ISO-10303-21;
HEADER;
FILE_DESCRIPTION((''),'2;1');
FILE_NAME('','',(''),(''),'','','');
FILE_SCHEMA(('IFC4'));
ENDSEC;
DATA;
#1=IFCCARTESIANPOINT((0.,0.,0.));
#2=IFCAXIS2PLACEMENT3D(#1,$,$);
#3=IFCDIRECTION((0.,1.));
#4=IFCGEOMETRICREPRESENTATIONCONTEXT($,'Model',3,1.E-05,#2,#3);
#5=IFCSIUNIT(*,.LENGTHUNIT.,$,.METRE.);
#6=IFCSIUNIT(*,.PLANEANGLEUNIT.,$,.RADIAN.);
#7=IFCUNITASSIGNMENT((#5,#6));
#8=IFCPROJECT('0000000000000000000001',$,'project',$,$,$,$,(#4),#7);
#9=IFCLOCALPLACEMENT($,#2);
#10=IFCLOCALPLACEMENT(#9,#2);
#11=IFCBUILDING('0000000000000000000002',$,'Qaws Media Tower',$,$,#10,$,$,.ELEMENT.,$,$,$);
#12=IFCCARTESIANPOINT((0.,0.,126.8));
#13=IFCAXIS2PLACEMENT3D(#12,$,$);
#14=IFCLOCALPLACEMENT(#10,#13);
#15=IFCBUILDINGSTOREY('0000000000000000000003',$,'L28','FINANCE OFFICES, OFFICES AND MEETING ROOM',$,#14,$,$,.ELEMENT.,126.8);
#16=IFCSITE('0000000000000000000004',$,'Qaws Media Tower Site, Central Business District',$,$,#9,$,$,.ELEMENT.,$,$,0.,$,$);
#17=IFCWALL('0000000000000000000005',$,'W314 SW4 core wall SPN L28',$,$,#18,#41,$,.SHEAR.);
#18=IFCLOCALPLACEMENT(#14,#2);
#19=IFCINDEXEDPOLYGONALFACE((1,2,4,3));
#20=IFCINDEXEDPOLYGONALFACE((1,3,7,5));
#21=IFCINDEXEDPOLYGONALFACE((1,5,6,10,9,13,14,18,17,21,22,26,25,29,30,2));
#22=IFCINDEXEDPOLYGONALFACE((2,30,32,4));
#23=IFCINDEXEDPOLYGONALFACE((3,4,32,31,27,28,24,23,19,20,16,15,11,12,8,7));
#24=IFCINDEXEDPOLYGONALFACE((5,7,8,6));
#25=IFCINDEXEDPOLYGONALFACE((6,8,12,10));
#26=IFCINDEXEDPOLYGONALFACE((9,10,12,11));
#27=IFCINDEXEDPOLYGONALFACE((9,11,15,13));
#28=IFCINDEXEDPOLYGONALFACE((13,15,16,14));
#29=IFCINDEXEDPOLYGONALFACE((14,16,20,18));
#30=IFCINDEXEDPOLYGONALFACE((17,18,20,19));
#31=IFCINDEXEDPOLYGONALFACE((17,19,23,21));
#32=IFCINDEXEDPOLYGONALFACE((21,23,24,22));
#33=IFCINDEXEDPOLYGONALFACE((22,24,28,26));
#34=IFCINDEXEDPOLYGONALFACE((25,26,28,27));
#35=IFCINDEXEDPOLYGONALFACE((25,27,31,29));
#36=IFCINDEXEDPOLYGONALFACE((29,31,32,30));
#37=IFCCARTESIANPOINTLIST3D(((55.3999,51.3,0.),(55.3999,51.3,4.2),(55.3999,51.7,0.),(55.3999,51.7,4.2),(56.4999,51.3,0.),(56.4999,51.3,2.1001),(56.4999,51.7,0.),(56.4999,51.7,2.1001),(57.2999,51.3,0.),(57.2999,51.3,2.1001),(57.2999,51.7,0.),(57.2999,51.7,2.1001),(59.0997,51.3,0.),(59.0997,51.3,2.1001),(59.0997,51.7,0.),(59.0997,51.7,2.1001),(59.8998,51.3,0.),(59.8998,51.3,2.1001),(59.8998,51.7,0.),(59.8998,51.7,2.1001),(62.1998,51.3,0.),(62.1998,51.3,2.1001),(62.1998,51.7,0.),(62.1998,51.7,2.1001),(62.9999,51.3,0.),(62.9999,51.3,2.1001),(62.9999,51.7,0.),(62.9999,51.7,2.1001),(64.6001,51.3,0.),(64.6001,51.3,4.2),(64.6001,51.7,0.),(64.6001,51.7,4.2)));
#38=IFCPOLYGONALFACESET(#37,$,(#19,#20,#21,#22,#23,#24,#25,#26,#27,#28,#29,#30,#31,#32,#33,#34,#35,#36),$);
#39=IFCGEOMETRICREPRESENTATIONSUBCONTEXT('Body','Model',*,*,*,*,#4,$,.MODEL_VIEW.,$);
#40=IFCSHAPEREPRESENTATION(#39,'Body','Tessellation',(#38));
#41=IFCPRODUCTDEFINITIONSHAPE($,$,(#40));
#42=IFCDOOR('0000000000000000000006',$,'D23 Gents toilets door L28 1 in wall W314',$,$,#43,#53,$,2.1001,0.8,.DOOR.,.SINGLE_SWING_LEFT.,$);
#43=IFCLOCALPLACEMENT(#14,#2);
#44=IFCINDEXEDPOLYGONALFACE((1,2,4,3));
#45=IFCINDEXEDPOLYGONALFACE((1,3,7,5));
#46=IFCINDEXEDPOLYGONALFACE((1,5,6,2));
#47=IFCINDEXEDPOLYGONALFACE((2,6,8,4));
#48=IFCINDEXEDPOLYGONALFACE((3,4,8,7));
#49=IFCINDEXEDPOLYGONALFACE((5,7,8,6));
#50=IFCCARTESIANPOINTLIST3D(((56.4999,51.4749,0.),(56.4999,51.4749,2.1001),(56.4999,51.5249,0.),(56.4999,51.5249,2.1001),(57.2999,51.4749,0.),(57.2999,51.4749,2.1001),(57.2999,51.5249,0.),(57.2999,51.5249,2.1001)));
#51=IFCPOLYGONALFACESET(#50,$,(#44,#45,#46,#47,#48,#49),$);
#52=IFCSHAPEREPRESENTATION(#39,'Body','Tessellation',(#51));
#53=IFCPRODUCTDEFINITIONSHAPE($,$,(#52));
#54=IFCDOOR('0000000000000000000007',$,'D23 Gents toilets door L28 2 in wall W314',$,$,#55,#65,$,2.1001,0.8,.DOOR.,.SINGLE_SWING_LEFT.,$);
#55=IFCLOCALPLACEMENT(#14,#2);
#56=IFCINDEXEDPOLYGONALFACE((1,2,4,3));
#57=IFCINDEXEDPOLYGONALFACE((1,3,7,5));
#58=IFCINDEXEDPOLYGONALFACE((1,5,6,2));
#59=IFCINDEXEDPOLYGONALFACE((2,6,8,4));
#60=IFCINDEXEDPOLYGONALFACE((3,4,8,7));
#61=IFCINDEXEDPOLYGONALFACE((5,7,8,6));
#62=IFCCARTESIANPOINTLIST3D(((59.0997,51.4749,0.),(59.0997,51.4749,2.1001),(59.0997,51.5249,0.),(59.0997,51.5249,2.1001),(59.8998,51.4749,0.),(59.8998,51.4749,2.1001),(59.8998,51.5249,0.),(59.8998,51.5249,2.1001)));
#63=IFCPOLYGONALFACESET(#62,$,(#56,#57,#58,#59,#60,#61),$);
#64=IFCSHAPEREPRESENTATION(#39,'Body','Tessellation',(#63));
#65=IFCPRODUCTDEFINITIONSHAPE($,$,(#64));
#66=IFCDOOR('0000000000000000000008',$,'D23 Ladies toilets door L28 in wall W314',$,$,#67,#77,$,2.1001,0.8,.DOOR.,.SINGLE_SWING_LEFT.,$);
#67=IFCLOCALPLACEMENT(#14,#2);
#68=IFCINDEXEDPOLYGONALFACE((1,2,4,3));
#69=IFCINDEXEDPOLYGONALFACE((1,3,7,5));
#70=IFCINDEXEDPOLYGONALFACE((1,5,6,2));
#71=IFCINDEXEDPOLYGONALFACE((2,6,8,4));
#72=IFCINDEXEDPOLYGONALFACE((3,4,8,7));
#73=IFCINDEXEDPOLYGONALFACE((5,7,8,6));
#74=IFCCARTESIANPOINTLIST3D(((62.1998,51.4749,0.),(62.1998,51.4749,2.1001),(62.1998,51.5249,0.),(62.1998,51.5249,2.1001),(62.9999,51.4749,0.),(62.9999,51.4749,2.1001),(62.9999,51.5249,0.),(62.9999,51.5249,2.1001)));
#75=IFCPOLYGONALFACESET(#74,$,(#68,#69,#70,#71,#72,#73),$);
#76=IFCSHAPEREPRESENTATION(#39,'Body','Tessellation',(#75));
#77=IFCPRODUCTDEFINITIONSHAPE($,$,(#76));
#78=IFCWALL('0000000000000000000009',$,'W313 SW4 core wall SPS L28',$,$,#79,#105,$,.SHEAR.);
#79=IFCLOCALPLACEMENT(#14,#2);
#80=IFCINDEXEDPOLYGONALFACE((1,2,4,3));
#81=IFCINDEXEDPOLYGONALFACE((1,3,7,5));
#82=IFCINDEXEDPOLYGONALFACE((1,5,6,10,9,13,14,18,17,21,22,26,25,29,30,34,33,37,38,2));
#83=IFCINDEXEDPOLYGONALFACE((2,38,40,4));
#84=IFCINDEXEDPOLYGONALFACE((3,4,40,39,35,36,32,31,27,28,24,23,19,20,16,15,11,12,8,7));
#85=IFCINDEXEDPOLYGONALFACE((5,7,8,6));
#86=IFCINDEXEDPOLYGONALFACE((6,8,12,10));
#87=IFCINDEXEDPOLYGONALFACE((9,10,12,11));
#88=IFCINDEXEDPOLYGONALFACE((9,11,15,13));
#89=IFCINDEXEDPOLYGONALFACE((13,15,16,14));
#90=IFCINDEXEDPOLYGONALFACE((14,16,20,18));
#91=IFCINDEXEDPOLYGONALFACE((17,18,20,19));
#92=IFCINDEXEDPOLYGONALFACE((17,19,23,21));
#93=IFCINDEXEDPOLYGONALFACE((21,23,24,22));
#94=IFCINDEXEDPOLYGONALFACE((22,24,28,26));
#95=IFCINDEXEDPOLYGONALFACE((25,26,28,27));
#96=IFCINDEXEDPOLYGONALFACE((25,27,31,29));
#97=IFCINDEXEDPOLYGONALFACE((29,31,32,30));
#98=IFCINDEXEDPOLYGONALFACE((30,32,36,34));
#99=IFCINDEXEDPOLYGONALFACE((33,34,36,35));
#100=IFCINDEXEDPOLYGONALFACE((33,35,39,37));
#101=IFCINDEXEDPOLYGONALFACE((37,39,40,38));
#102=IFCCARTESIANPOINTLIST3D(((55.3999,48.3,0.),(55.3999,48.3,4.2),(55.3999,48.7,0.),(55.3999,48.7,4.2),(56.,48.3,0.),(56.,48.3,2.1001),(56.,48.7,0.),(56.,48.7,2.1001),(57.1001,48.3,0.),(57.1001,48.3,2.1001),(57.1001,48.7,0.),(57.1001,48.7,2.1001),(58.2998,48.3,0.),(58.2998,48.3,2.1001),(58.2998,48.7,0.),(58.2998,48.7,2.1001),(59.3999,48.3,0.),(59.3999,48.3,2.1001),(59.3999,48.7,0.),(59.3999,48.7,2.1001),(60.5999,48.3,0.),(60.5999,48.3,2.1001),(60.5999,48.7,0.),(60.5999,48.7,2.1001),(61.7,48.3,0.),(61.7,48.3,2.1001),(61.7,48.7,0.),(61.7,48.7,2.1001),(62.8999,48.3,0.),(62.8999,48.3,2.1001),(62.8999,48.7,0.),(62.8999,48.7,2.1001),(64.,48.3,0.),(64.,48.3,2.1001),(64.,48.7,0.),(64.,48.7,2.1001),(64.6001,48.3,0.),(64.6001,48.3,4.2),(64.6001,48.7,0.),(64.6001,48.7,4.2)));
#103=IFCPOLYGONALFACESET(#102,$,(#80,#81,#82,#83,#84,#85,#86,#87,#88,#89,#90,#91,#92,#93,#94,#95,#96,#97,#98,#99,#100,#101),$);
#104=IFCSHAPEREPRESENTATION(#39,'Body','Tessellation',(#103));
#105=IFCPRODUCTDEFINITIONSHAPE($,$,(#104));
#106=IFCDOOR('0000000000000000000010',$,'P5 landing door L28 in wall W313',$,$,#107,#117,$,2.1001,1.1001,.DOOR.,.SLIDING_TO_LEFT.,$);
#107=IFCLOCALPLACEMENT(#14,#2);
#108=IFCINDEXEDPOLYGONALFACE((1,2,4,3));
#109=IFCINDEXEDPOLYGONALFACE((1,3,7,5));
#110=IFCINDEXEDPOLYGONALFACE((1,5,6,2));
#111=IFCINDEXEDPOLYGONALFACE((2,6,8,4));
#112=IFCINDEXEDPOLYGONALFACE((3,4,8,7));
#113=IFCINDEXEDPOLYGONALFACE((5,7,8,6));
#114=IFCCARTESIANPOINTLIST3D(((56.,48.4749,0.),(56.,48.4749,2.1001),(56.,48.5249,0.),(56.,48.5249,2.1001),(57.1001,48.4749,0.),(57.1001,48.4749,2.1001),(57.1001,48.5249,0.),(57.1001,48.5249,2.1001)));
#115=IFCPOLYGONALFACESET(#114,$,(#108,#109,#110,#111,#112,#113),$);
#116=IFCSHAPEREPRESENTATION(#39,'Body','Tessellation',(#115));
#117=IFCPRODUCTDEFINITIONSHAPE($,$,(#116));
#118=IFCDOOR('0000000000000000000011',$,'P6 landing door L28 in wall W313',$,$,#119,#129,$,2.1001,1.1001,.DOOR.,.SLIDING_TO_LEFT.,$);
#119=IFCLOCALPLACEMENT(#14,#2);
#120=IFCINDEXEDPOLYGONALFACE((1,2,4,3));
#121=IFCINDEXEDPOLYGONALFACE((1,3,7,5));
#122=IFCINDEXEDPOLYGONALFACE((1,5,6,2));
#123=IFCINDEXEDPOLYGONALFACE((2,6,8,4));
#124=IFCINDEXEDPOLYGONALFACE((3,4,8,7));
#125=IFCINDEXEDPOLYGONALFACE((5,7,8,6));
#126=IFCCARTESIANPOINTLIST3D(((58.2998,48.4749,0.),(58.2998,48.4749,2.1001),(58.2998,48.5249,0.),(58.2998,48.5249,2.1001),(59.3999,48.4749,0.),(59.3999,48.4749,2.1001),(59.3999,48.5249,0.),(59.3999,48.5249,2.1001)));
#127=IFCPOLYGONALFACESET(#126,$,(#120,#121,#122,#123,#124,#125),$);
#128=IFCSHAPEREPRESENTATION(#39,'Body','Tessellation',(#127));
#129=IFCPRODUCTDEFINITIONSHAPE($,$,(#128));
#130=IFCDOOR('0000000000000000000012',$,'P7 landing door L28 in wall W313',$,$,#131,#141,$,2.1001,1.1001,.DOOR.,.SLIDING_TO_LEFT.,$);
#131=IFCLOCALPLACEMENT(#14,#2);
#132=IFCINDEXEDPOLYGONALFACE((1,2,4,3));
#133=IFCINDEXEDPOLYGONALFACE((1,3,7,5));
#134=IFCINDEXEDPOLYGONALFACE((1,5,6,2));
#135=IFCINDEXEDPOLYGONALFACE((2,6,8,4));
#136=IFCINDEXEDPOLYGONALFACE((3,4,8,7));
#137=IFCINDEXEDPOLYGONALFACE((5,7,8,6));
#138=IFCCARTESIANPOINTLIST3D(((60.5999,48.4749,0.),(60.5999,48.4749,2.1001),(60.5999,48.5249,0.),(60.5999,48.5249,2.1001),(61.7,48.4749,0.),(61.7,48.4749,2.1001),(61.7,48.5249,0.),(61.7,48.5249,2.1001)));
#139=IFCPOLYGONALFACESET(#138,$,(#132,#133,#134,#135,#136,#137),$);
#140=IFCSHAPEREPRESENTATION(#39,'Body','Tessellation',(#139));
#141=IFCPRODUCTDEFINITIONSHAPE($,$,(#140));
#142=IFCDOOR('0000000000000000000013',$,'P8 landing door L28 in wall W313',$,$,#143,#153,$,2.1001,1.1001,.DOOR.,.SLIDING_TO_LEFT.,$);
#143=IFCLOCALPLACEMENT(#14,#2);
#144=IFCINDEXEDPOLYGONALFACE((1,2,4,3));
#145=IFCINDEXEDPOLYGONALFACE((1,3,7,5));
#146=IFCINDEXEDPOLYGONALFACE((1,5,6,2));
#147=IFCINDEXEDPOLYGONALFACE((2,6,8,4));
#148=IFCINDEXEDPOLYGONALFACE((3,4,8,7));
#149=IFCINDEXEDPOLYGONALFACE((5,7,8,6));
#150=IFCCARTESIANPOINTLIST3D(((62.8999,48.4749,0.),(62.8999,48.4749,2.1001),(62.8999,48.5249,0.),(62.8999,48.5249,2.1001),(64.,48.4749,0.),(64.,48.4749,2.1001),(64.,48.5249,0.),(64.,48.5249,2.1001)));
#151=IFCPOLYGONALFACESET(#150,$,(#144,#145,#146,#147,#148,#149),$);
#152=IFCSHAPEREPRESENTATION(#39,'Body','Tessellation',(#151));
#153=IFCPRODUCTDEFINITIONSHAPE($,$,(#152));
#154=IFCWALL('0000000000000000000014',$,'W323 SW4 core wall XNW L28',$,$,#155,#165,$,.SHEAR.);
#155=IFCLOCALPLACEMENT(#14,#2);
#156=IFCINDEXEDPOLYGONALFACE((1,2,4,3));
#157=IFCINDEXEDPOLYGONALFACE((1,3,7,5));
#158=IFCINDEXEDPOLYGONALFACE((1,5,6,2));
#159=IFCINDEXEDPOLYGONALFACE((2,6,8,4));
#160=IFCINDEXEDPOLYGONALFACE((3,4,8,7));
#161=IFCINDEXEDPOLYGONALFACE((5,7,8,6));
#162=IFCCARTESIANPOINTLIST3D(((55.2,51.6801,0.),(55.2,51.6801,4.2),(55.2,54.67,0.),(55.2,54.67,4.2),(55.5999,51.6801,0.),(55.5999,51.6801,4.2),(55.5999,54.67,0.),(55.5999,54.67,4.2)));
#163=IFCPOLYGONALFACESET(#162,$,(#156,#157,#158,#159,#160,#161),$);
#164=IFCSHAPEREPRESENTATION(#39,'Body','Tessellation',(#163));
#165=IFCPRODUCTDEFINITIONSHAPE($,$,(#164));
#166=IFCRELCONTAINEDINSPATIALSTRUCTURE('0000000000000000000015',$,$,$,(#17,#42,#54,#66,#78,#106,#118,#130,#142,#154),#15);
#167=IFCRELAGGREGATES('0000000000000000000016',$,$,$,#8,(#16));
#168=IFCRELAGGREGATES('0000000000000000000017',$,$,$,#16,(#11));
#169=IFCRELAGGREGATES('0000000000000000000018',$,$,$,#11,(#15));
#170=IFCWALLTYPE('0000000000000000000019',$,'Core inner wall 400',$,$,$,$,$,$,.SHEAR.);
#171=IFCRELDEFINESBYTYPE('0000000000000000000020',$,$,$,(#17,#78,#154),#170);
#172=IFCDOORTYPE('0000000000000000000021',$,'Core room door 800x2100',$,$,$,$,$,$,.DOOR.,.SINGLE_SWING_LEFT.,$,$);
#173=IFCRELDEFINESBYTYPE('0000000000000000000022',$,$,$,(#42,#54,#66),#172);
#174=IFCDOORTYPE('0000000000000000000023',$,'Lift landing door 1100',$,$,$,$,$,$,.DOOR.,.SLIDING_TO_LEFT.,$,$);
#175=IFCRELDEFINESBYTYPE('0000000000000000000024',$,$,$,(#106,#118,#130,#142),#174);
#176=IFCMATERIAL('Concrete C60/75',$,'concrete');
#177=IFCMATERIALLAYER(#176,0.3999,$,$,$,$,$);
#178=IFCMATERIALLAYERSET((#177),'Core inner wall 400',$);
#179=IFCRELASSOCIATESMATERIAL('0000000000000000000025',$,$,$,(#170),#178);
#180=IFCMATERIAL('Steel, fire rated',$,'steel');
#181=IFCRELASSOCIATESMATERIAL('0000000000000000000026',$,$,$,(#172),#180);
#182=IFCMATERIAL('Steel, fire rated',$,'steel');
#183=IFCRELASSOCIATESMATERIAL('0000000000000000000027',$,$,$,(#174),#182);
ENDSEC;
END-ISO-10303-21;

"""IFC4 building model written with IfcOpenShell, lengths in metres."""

from ifc_helpers import new_model, si_unit, direction, frame, frame_2d, origin, place, context, subcontext, project, spatial, rectangle, extrude, material, layer, layer_set, type_object, element, fill, save


model = new_model("IFC4")

# Units and contexts
model_context = context("Model", 3, precision=1e-05, world=origin(), true_north=direction((0.0, 1.0)))
body_context = subcontext(model_context, "Body", "Model", "MODEL_VIEW")
ifc_project = project(units=[si_unit("LENGTHUNIT", "METRE"), si_unit("PLANEANGLEUNIT", "RADIAN")], contexts=[model_context])

# Site, building, storey
site_placement = place(None, origin())
site = spatial("IfcSite", under=ifc_project, at=site_placement, Name="Qaws Media Tower Site, Central Business District", CompositionType="ELEMENT", RefElevation=0.0)
building_placement = place(site_placement, origin())
building = spatial("IfcBuilding", under=site, at=building_placement, Name="Qaws Media Tower", CompositionType="ELEMENT")
storey_placement = place(building_placement, frame((0.0, 0.0, 126.8)))
storey = spatial("IfcBuildingStorey", under=building, at=storey_placement, Name="L28", Description="FINANCE OFFICES, OFFICES AND MEETING ROOM", CompositionType="ELEMENT", Elevation=126.8)

# Walls, openings, doors
ifc_material_1 = material(Name="Concrete C60/75", Category="concrete")
ifc_layer_1 = layer(ifc_material_1, 0.3999)
ifc_layer_set_1 = layer_set([ifc_layer_1], Name="Core inner wall 400")
wall_type_1 = type_object("IfcWallType", Name="Core inner wall 400", PredefinedType="SHEAR", material=ifc_layer_set_1)
wall_1_placement = place(storey_placement, frame((55.3999, 51.5, 0.0), z_axis=(0.0, 0.0, 1.0), x_axis=(1.0, 0.0, 0.0)))
wall_1 = element("IfcWall", 1, at=wall_1_placement, inside=storey, type_object=wall_type_1, Name="W314 SW4 core wall SPN L28", PredefinedType="SHEAR", context=body_context, shape_type="SweptSolid", body=[
    extrude(rectangle(XDim=9.2002, YDim=0.3999, at=frame_2d((4.6001, 0.0))), origin(), (0.0, 0.0, 1.0), 4.2),
])
opening_1_placement = place(wall_1_placement, frame((1.1001, 0.0, 0.0)))
opening_1 = element("IfcOpeningElement", 2, at=opening_1_placement, cuts=wall_1, PredefinedType="OPENING", context=body_context, shape_type="SweptSolid", body=[
    extrude(rectangle(XDim=0.8, YDim=2.1001, at=frame_2d((0.3999, 1.05))), frame((0.0, 0.21, 0.0), z_axis=(0.0, -1.0, 0.0), x_axis=(1.0, 0.0, 0.0)), (0.0, 0.0, 1.0), 0.4199),
])
opening_2_placement = place(wall_1_placement, frame((3.7, 0.0, 0.0)))
opening_2 = element("IfcOpeningElement", 3, at=opening_2_placement, cuts=wall_1, PredefinedType="OPENING", context=body_context, shape_type="SweptSolid", body=[
    extrude(rectangle(XDim=0.8, YDim=2.1001, at=frame_2d((0.3999, 1.05))), frame((0.0, 0.21, 0.0), z_axis=(0.0, -1.0, 0.0), x_axis=(1.0, 0.0, 0.0)), (0.0, 0.0, 1.0), 0.4199),
])
opening_3_placement = place(wall_1_placement, frame((6.8, 0.0, 0.0)))
opening_3 = element("IfcOpeningElement", 4, at=opening_3_placement, cuts=wall_1, PredefinedType="OPENING", context=body_context, shape_type="SweptSolid", body=[
    extrude(rectangle(XDim=0.8, YDim=2.1001, at=frame_2d((0.3999, 1.05))), frame((0.0, 0.21, 0.0), z_axis=(0.0, -1.0, 0.0), x_axis=(1.0, 0.0, 0.0)), (0.0, 0.0, 1.0), 0.4199),
])
ifc_material_2 = material(Name="Steel, fire rated", Category="steel")
door_type_1 = type_object("IfcDoorType", Name="Core room door 800x2100", OperationType="SINGLE_SWING_LEFT", PredefinedType="DOOR", material=ifc_material_2)
door_1_placement = place(opening_1_placement, origin())
door_1 = element("IfcDoor", 5, at=door_1_placement, inside=storey, type_object=door_type_1, Name="D23 Gents toilets door L28 1 in wall W314", OperationType="SINGLE_SWING_LEFT", OverallHeight=2.1001, OverallWidth=0.8, PredefinedType="DOOR", context=body_context, shape_type="SweptSolid", body=[
    extrude(rectangle(XDim=0.8, YDim=2.1001, at=frame_2d((0.3999, 1.05))), frame((0.0, 0.0249, 0.0), z_axis=(0.0, -1.0, 0.0), x_axis=(1.0, 0.0, 0.0)), (0.0, 0.0, 1.0), 0.05),
])
fill(opening_1, door_1)
door_2_placement = place(opening_2_placement, origin())
door_2 = element("IfcDoor", 6, at=door_2_placement, inside=storey, type_object=door_type_1, Name="D23 Gents toilets door L28 2 in wall W314", OperationType="SINGLE_SWING_LEFT", OverallHeight=2.1001, OverallWidth=0.8, PredefinedType="DOOR", context=body_context, shape_type="SweptSolid", body=[
    extrude(rectangle(XDim=0.8, YDim=2.1001, at=frame_2d((0.3999, 1.05))), frame((0.0, 0.0249, 0.0), z_axis=(0.0, -1.0, 0.0), x_axis=(1.0, 0.0, 0.0)), (0.0, 0.0, 1.0), 0.05),
])
fill(opening_2, door_2)
door_3_placement = place(opening_3_placement, origin())
door_3 = element("IfcDoor", 7, at=door_3_placement, inside=storey, type_object=door_type_1, Name="D23 Ladies toilets door L28 in wall W314", OperationType="SINGLE_SWING_LEFT", OverallHeight=2.1001, OverallWidth=0.8, PredefinedType="DOOR", context=body_context, shape_type="SweptSolid", body=[
    extrude(rectangle(XDim=0.8, YDim=2.1001, at=frame_2d((0.3999, 1.05))), frame((0.0, 0.0249, 0.0), z_axis=(0.0, -1.0, 0.0), x_axis=(1.0, 0.0, 0.0)), (0.0, 0.0, 1.0), 0.05),
])
fill(opening_3, door_3)
wall_2_placement = place(storey_placement, frame((55.3999, 48.5, 0.0), z_axis=(0.0, 0.0, 1.0), x_axis=(1.0, 0.0, 0.0)))
wall_2 = element("IfcWall", 8, at=wall_2_placement, inside=storey, type_object=wall_type_1, Name="W313 SW4 core wall SPS L28", PredefinedType="SHEAR", context=body_context, shape_type="SweptSolid", body=[
    extrude(rectangle(XDim=9.2002, YDim=0.3999, at=frame_2d((4.6001, 0.0))), origin(), (0.0, 0.0, 1.0), 4.2),
])
opening_4_placement = place(wall_2_placement, frame((0.6001, 0.0, 0.0)))
opening_4 = element("IfcOpeningElement", 9, at=opening_4_placement, cuts=wall_2, PredefinedType="OPENING", context=body_context, shape_type="SweptSolid", body=[
    extrude(rectangle(XDim=1.1001, YDim=2.1001, at=frame_2d((0.55, 1.05))), frame((0.0, 0.21, 0.0), z_axis=(0.0, -1.0, 0.0), x_axis=(1.0, 0.0, 0.0)), (0.0, 0.0, 1.0), 0.4199),
])
opening_5_placement = place(wall_2_placement, frame((2.8999, 0.0, 0.0)))
opening_5 = element("IfcOpeningElement", 10, at=opening_5_placement, cuts=wall_2, PredefinedType="OPENING", context=body_context, shape_type="SweptSolid", body=[
    extrude(rectangle(XDim=1.1001, YDim=2.1001, at=frame_2d((0.55, 1.05))), frame((0.0, 0.21, 0.0), z_axis=(0.0, -1.0, 0.0), x_axis=(1.0, 0.0, 0.0)), (0.0, 0.0, 1.0), 0.4199),
])
opening_6_placement = place(wall_2_placement, frame((5.2, 0.0, 0.0)))
opening_6 = element("IfcOpeningElement", 11, at=opening_6_placement, cuts=wall_2, PredefinedType="OPENING", context=body_context, shape_type="SweptSolid", body=[
    extrude(rectangle(XDim=1.1001, YDim=2.1001, at=frame_2d((0.55, 1.05))), frame((0.0, 0.21, 0.0), z_axis=(0.0, -1.0, 0.0), x_axis=(1.0, 0.0, 0.0)), (0.0, 0.0, 1.0), 0.4199),
])
opening_7_placement = place(wall_2_placement, frame((7.5, 0.0, 0.0)))
opening_7 = element("IfcOpeningElement", 12, at=opening_7_placement, cuts=wall_2, PredefinedType="OPENING", context=body_context, shape_type="SweptSolid", body=[
    extrude(rectangle(XDim=1.1001, YDim=2.1001, at=frame_2d((0.55, 1.05))), frame((0.0, 0.21, 0.0), z_axis=(0.0, -1.0, 0.0), x_axis=(1.0, 0.0, 0.0)), (0.0, 0.0, 1.0), 0.4199),
])
ifc_material_3 = material(Name="Steel, fire rated", Category="steel")
door_type_2 = type_object("IfcDoorType", Name="Lift landing door 1100", OperationType="SLIDING_TO_LEFT", PredefinedType="DOOR", material=ifc_material_3)
door_4_placement = place(opening_4_placement, origin())
door_4 = element("IfcDoor", 13, at=door_4_placement, inside=storey, type_object=door_type_2, Name="P5 landing door L28 in wall W313", OperationType="SLIDING_TO_LEFT", OverallHeight=2.1001, OverallWidth=1.1001, PredefinedType="DOOR", context=body_context, shape_type="SweptSolid", body=[
    extrude(rectangle(XDim=1.1001, YDim=2.1001, at=frame_2d((0.55, 1.05))), frame((0.0, 0.0249, 0.0), z_axis=(0.0, -1.0, 0.0), x_axis=(1.0, 0.0, 0.0)), (0.0, 0.0, 1.0), 0.05),
])
fill(opening_4, door_4)
door_5_placement = place(opening_5_placement, origin())
door_5 = element("IfcDoor", 14, at=door_5_placement, inside=storey, type_object=door_type_2, Name="P6 landing door L28 in wall W313", OperationType="SLIDING_TO_LEFT", OverallHeight=2.1001, OverallWidth=1.1001, PredefinedType="DOOR", context=body_context, shape_type="SweptSolid", body=[
    extrude(rectangle(XDim=1.1001, YDim=2.1001, at=frame_2d((0.55, 1.05))), frame((0.0, 0.0249, 0.0), z_axis=(0.0, -1.0, 0.0), x_axis=(1.0, 0.0, 0.0)), (0.0, 0.0, 1.0), 0.05),
])
fill(opening_5, door_5)
door_6_placement = place(opening_6_placement, origin())
door_6 = element("IfcDoor", 15, at=door_6_placement, inside=storey, type_object=door_type_2, Name="P7 landing door L28 in wall W313", OperationType="SLIDING_TO_LEFT", OverallHeight=2.1001, OverallWidth=1.1001, PredefinedType="DOOR", context=body_context, shape_type="SweptSolid", body=[
    extrude(rectangle(XDim=1.1001, YDim=2.1001, at=frame_2d((0.55, 1.05))), frame((0.0, 0.0249, 0.0), z_axis=(0.0, -1.0, 0.0), x_axis=(1.0, 0.0, 0.0)), (0.0, 0.0, 1.0), 0.05),
])
fill(opening_6, door_6)
door_7_placement = place(opening_7_placement, origin())
door_7 = element("IfcDoor", 16, at=door_7_placement, inside=storey, type_object=door_type_2, Name="P8 landing door L28 in wall W313", OperationType="SLIDING_TO_LEFT", OverallHeight=2.1001, OverallWidth=1.1001, PredefinedType="DOOR", context=body_context, shape_type="SweptSolid", body=[
    extrude(rectangle(XDim=1.1001, YDim=2.1001, at=frame_2d((0.55, 1.05))), frame((0.0, 0.0249, 0.0), z_axis=(0.0, -1.0, 0.0), x_axis=(1.0, 0.0, 0.0)), (0.0, 0.0, 1.0), 0.05),
])
fill(opening_7, door_7)

# Wall
wall_3_placement = place(storey_placement, frame((55.3999, 51.6799, 0.0), z_axis=(0.0, 0.0, 1.0), x_axis=(0.0, 1.0, 0.0)))
element("IfcWall", 17, at=wall_3_placement, inside=storey, type_object=wall_type_1, Name="W323 SW4 core wall XNW L28", PredefinedType="SHEAR", context=body_context, shape_type="SweptSolid", body=[
    extrude(rectangle(XDim=2.99, YDim=0.3999, at=frame_2d((1.4951, 0.0))), origin(), (0.0, 0.0, 1.0), 4.2),
])

save(model, "model.ifc")
